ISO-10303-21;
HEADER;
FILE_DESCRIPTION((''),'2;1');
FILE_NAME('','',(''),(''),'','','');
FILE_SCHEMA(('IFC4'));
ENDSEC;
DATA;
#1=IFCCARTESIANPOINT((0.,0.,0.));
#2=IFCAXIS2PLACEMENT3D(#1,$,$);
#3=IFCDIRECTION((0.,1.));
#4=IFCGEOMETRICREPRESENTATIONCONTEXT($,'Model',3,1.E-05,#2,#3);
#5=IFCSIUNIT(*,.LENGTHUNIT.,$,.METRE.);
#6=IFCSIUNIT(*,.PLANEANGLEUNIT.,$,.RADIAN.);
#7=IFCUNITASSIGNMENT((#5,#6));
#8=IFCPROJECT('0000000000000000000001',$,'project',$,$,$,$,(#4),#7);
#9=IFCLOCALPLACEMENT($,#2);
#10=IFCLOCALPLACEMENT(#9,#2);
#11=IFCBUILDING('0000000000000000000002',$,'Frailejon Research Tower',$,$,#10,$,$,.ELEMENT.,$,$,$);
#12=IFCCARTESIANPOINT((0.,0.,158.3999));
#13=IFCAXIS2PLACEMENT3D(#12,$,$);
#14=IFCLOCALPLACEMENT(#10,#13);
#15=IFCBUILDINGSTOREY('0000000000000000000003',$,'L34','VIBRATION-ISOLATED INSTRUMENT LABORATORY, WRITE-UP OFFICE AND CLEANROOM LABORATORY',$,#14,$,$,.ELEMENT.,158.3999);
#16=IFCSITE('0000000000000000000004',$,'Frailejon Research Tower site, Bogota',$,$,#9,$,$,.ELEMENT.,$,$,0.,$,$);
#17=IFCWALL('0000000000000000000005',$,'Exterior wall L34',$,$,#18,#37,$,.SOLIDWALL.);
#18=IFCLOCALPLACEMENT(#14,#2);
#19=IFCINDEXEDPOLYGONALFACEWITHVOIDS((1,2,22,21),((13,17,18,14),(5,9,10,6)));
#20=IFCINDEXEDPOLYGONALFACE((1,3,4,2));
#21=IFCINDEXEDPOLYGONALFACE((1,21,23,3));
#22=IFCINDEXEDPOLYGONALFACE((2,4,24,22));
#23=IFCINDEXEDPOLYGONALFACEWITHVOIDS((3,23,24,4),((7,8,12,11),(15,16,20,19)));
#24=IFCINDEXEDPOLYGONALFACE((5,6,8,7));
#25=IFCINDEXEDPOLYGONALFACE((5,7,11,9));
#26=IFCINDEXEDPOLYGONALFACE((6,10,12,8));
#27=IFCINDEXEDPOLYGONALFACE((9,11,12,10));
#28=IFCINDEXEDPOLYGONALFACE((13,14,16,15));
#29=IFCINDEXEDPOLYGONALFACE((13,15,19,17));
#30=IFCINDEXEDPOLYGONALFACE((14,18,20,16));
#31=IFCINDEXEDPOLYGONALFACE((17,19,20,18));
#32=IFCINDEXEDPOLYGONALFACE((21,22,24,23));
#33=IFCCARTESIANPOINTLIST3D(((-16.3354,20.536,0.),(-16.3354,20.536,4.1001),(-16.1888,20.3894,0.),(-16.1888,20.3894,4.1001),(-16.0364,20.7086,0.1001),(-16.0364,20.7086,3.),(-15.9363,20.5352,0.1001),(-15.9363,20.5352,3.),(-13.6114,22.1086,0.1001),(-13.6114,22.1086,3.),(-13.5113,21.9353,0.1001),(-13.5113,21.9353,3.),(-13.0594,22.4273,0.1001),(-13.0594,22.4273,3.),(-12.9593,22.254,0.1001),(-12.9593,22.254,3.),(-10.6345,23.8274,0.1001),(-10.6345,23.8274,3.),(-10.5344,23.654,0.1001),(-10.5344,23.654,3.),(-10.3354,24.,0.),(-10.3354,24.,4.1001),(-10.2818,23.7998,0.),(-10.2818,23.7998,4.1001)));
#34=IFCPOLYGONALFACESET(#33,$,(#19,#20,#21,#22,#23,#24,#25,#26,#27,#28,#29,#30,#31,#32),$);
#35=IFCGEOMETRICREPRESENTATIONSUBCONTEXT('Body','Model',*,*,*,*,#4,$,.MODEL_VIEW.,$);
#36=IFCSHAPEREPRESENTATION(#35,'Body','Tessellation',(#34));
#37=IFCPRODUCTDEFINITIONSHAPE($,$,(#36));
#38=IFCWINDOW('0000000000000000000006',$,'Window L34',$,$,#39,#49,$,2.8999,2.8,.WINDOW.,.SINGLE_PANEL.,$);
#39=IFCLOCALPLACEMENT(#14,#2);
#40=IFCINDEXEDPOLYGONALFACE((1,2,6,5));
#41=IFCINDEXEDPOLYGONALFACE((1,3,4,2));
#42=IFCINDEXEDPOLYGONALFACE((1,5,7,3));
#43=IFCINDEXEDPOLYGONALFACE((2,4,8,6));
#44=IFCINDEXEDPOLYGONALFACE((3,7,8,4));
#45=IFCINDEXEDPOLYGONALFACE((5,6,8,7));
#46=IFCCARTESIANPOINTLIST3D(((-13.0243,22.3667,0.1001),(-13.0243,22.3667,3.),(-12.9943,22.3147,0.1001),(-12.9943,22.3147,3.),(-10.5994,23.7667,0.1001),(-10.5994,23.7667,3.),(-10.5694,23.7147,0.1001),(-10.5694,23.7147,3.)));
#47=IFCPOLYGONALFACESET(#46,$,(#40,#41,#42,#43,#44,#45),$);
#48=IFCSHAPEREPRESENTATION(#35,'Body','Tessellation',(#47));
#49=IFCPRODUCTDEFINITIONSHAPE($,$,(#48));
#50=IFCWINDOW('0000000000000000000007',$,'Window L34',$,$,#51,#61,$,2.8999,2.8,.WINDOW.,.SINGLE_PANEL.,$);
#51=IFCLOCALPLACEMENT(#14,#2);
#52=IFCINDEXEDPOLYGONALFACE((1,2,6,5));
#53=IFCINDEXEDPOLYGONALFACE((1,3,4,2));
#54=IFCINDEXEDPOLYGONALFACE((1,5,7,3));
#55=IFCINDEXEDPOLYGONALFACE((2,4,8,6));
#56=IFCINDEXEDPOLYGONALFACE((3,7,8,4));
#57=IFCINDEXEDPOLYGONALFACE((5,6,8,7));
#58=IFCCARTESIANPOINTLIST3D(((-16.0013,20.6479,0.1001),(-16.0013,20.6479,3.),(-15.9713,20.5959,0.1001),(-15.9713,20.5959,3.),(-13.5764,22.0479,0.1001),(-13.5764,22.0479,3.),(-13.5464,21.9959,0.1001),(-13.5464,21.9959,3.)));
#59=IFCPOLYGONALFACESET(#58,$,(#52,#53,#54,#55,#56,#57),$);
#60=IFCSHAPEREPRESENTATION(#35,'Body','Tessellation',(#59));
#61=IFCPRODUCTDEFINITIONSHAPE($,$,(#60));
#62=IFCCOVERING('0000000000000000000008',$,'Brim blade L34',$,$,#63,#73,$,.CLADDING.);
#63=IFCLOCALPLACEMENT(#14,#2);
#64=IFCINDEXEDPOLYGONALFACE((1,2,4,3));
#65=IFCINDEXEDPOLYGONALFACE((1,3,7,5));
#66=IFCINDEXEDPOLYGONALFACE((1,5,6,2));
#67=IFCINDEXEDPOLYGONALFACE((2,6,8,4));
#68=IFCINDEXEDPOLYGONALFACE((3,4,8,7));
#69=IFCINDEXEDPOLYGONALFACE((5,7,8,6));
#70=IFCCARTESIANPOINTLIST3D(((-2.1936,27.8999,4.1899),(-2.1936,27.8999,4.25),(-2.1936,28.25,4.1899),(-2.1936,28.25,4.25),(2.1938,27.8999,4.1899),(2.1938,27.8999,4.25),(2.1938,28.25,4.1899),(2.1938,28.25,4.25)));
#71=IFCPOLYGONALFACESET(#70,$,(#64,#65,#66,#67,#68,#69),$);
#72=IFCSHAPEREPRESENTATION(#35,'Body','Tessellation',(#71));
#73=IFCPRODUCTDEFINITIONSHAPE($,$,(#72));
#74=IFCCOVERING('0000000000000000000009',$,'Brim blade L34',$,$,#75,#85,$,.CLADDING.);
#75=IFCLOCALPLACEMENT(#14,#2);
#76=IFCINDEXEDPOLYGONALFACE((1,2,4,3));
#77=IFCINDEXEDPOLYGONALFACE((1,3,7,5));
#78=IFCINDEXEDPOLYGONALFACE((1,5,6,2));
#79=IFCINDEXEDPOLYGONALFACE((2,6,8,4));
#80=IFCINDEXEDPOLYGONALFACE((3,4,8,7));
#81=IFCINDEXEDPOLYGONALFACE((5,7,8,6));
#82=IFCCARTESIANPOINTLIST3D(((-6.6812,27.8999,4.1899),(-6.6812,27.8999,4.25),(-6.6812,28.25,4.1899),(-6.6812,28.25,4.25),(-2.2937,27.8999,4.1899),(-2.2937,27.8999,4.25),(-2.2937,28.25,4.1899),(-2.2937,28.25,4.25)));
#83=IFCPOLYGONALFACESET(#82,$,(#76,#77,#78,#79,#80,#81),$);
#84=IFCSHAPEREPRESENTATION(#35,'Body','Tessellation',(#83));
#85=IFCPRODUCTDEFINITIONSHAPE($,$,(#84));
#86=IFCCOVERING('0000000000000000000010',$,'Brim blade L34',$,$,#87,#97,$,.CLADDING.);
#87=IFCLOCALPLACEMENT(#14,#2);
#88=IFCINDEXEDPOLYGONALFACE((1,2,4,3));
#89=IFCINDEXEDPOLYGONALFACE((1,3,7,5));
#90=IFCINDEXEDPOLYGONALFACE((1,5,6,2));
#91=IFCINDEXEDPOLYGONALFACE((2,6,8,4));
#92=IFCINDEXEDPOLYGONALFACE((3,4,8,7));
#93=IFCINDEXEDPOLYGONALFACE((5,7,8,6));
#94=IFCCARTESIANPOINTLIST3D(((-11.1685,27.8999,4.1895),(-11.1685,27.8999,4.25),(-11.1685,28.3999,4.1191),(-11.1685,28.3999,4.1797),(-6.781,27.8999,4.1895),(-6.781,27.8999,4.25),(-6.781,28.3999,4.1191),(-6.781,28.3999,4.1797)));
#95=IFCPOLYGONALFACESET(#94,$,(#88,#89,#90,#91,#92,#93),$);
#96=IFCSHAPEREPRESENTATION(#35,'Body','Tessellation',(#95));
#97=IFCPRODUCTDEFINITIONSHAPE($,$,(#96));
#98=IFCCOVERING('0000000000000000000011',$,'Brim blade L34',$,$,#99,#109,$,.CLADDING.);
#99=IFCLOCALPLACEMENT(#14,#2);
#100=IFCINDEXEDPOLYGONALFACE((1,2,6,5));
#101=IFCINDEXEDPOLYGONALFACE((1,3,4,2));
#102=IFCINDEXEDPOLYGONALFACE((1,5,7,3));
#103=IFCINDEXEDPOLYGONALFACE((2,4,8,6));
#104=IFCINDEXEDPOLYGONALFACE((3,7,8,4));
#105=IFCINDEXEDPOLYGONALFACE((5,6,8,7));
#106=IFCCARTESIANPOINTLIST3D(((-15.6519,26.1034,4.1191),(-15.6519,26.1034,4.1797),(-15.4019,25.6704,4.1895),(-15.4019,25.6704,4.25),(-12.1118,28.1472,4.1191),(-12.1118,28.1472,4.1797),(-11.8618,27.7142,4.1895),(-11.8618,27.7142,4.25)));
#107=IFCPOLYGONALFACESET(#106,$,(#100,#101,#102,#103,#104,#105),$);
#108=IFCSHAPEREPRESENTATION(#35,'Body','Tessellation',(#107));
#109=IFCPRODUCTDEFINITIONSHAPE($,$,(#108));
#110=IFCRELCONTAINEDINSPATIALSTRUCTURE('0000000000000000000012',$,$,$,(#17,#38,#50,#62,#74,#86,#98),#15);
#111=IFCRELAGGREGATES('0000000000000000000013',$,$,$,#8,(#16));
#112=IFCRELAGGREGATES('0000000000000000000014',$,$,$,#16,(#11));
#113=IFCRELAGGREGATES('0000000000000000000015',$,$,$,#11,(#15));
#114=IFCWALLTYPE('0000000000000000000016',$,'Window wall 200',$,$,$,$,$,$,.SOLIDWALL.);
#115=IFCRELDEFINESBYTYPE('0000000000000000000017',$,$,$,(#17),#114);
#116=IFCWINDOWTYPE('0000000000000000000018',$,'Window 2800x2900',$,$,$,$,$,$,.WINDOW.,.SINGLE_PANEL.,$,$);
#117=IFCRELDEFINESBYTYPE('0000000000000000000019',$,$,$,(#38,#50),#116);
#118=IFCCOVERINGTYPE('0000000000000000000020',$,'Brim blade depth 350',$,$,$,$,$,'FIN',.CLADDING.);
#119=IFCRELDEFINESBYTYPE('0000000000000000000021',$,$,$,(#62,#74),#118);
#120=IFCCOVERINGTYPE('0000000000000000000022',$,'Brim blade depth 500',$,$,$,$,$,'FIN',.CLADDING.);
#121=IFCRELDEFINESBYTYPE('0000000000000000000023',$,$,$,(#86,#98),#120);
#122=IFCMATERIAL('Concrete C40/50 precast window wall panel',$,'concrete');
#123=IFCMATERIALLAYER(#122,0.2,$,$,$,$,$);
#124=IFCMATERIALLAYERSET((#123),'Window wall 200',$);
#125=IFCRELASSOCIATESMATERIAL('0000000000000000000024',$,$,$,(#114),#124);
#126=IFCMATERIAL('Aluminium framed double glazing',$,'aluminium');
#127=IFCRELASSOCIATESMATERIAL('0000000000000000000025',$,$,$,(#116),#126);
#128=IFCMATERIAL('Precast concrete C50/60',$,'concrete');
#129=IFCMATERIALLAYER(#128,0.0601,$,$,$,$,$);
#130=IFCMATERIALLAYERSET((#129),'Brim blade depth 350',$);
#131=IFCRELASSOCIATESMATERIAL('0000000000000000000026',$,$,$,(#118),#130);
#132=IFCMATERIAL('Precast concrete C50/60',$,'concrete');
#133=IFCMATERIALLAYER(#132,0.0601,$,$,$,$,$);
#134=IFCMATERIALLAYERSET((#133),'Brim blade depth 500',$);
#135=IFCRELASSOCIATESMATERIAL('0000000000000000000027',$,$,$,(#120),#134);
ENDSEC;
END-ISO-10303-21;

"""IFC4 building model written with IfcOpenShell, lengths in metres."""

from ifc_helpers import new_model, si_unit, direction, frame, frame_2d, origin, place, context, subcontext, project, spatial, polyline, rectangle, outline, extrude, material, layer, layer_set, type_object, element, fill, save


model = new_model("IFC4")

# Units and contexts
model_context = context("Model", 3, precision=1e-05, world=origin(), true_north=direction((0.0, 1.0)))
body_context = subcontext(model_context, "Body", "Model", "MODEL_VIEW")
ifc_project = project(units=[si_unit("LENGTHUNIT", "METRE"), si_unit("PLANEANGLEUNIT", "RADIAN")], contexts=[model_context])

# Site, building, storey
site_placement = place(None, origin())
site = spatial("IfcSite", under=ifc_project, at=site_placement, Name="Frailejon Research Tower site, Bogota", CompositionType="ELEMENT", RefElevation=0.0)
building_placement = place(site_placement, origin())
building = spatial("IfcBuilding", under=site, at=building_placement, Name="Frailejon Research Tower", CompositionType="ELEMENT")
storey_placement = place(building_placement, frame((0.0, 0.0, 158.3999)))
storey = spatial("IfcBuildingStorey", under=building, at=storey_placement, Name="L34", Description="VIBRATION-ISOLATED INSTRUMENT LABORATORY, WRITE-UP OFFICE AND CLEANROOM LABORATORY", CompositionType="ELEMENT", Elevation=158.3999)

# Wall, openings, windows
ifc_material_1 = material(Name="Concrete C40/50 precast window wall panel", Category="concrete")
ifc_layer_1 = layer(ifc_material_1, 0.2)
ifc_layer_set_1 = layer_set([ifc_layer_1], Name="Window wall 200")
wall_type = type_object("IfcWallType", Name="Window wall 200", PredefinedType="SOLIDWALL", material=ifc_layer_set_1)
wall_1_placement = place(storey_placement, frame((-10.3086, 23.8999, 0.0), z_axis=(0.0, 0.0, 1.0), x_axis=(-0.866029, -0.499993, 0.0)))
wall_1 = element("IfcWall", 1, at=wall_1_placement, inside=storey, type_object=wall_type, Name="Exterior wall L34", PredefinedType="SOLIDWALL", context=body_context, shape_type="SweptSolid", body=[
    extrude(outline(polyline([(-0.0269, -0.1001), (1.1279, -0.1001), (2.2825, -0.1001), (3.4373, -0.1001), (4.592, -0.1001), (5.7466, -0.1001), (6.9014, -0.1001), (6.8477, 0.1001), (5.7109, 0.1001), (4.574, 0.1001), (3.4373, 0.1001), (2.3005, 0.1001), (1.1636, 0.1001), (0.0269, 0.1001), (-0.0269, -0.1001)])), origin(), (0.0, 0.0, 1.0), 4.1001),
])
opening_1_placement = place(wall_1_placement, frame((0.3186, 0.0, 0.1001)))
opening_1 = element("IfcOpeningElement", 2, at=opening_1_placement, cuts=wall_1, PredefinedType="OPENING", context=body_context, shape_type="SweptSolid", body=[
    extrude(rectangle(XDim=2.8, YDim=2.8999, at=frame_2d((1.3999, 1.45))), frame((0.0, 0.1099, 0.0), z_axis=(0.0, -1.0, 0.0), x_axis=(1.0, 0.0, 0.0)), (0.0, 0.0, 1.0), 0.22),
])
opening_2_placement = place(wall_1_placement, frame((3.7561, 0.0, 0.1001)))
opening_2 = element("IfcOpeningElement", 3, at=opening_2_placement, cuts=wall_1, PredefinedType="OPENING", context=body_context, shape_type="SweptSolid", body=[
    extrude(rectangle(XDim=2.8, YDim=2.8999, at=frame_2d((1.3999, 1.45))), frame((0.0, 0.1099, 0.0), z_axis=(0.0, -1.0, 0.0), x_axis=(1.0, 0.0, 0.0)), (0.0, 0.0, 1.0), 0.22),
])
ifc_material_2 = material(Name="Aluminium framed double glazing", Category="aluminium")
window_type_1 = type_object("IfcWindowType", Name="Window 2800x2900", PartitioningType="SINGLE_PANEL", PredefinedType="WINDOW", material=ifc_material_2)
window_1_placement = place(opening_1_placement, origin())
window_1 = element("IfcWindow", 4, at=window_1_placement, inside=storey, type_object=window_type_1, Name="Window L34", OverallHeight=2.8999, OverallWidth=2.8, PartitioningType="SINGLE_PANEL", PredefinedType="WINDOW", context=body_context, shape_type="SweptSolid", body=[
    extrude(rectangle(XDim=2.8, YDim=2.8999, at=frame_2d((1.3999, 1.45))), frame((0.0, 0.03, 0.0), z_axis=(0.0, -1.0, 0.0), x_axis=(1.0, 0.0, 0.0)), (0.0, 0.0, 1.0), 0.0601),
])
fill(opening_1, window_1)
window_2_placement = place(opening_2_placement, origin())
window_2 = element("IfcWindow", 5, at=window_2_placement, inside=storey, type_object=window_type_1, Name="Window L34", OverallHeight=2.8999, OverallWidth=2.8, PartitioningType="SINGLE_PANEL", PredefinedType="WINDOW", context=body_context, shape_type="SweptSolid", body=[
    extrude(rectangle(XDim=2.8, YDim=2.8999, at=frame_2d((1.3999, 1.45))), frame((0.0, 0.03, 0.0), z_axis=(0.0, -1.0, 0.0), x_axis=(1.0, 0.0, 0.0)), (0.0, 0.0, 1.0), 0.0601),
])
fill(opening_2, window_2)

# Coverings
ifc_material_3 = material(Name="Precast concrete C50/60", Category="concrete")
ifc_layer_2 = layer(ifc_material_3, 0.0601)
ifc_layer_set_2 = layer_set([ifc_layer_2], Name="Brim blade depth 350")
covering_type_1 = type_object("IfcCoveringType", Name="Brim blade depth 350", ElementType="FIN", PredefinedType="CLADDING", material=ifc_layer_set_2)
for number, where, z_axis, x_axis, name in (
    (6, (-2.1936, 27.8999, 4.25), (1.0, 0.0, 0.0), (0.0, 1.0, 0.0), "Brim blade L34"),
    (7, (-6.6812, 27.8999, 4.25), (1.0, 0.0, 0.0), (0.0, 1.0, 0.0), "Brim blade L34"),
):
    element("IfcCovering", number, at=place(storey_placement, frame(where, z_axis=z_axis, x_axis=x_axis)), inside=storey, type_object=covering_type_1, Name=name, PredefinedType="CLADDING", context=body_context, shape_type="SweptSolid", body=[
        extrude(outline(polyline([(0.0, -0.0601), (0.3501, -0.0601), (0.3501, 0.0), (0.0, 0.0), (0.0, -0.0601)])), origin(), (0.0, 0.0, 1.0), 4.3875),
    ])
ifc_material_4 = material(Name="Precast concrete C50/60", Category="concrete")
ifc_layer_3 = layer(ifc_material_4, 0.0601)
ifc_layer_set_3 = layer_set([ifc_layer_3], Name="Brim blade depth 500")
covering_type_2 = type_object("IfcCoveringType", Name="Brim blade depth 500", ElementType="FIN", PredefinedType="CLADDING", material=ifc_layer_set_3)
covering_1_placement = place(storey_placement, frame((-11.1685, 27.8999, 4.25), z_axis=(1.0, 0.0, 0.0), x_axis=(0.0, 1.0, 0.0)))
element("IfcCovering", 8, at=covering_1_placement, inside=storey, type_object=covering_type_2, Name="Brim blade L34", PredefinedType="CLADDING", context=body_context, shape_type="SweptSolid", body=[
    extrude(outline(polyline([(0.0, -0.0605), (0.5, -0.1309), (0.5, -0.0703), (0.0, 0.0), (0.0, -0.0605)])), origin(), (0.0, 0.0, 1.0), 4.3875),
])
covering_2_placement = place(storey_placement, frame((-15.4019, 25.6704, 4.25), z_axis=(0.866027, 0.499997, 0.0), x_axis=(-0.499997, 0.866027, 0.0)))
element("IfcCovering", 9, at=covering_2_placement, inside=storey, type_object=covering_type_2, Name="Brim blade L34", PredefinedType="CLADDING", context=body_context, shape_type="SweptSolid", body=[
    extrude(outline(polyline([(0.0, -0.0605), (0.5, -0.1309), (0.5, -0.0703), (0.0, 0.0), (0.0, -0.0605)])), origin(), (0.0, 0.0, 1.0), 4.0876),
])

save(model, "model.ifc")
